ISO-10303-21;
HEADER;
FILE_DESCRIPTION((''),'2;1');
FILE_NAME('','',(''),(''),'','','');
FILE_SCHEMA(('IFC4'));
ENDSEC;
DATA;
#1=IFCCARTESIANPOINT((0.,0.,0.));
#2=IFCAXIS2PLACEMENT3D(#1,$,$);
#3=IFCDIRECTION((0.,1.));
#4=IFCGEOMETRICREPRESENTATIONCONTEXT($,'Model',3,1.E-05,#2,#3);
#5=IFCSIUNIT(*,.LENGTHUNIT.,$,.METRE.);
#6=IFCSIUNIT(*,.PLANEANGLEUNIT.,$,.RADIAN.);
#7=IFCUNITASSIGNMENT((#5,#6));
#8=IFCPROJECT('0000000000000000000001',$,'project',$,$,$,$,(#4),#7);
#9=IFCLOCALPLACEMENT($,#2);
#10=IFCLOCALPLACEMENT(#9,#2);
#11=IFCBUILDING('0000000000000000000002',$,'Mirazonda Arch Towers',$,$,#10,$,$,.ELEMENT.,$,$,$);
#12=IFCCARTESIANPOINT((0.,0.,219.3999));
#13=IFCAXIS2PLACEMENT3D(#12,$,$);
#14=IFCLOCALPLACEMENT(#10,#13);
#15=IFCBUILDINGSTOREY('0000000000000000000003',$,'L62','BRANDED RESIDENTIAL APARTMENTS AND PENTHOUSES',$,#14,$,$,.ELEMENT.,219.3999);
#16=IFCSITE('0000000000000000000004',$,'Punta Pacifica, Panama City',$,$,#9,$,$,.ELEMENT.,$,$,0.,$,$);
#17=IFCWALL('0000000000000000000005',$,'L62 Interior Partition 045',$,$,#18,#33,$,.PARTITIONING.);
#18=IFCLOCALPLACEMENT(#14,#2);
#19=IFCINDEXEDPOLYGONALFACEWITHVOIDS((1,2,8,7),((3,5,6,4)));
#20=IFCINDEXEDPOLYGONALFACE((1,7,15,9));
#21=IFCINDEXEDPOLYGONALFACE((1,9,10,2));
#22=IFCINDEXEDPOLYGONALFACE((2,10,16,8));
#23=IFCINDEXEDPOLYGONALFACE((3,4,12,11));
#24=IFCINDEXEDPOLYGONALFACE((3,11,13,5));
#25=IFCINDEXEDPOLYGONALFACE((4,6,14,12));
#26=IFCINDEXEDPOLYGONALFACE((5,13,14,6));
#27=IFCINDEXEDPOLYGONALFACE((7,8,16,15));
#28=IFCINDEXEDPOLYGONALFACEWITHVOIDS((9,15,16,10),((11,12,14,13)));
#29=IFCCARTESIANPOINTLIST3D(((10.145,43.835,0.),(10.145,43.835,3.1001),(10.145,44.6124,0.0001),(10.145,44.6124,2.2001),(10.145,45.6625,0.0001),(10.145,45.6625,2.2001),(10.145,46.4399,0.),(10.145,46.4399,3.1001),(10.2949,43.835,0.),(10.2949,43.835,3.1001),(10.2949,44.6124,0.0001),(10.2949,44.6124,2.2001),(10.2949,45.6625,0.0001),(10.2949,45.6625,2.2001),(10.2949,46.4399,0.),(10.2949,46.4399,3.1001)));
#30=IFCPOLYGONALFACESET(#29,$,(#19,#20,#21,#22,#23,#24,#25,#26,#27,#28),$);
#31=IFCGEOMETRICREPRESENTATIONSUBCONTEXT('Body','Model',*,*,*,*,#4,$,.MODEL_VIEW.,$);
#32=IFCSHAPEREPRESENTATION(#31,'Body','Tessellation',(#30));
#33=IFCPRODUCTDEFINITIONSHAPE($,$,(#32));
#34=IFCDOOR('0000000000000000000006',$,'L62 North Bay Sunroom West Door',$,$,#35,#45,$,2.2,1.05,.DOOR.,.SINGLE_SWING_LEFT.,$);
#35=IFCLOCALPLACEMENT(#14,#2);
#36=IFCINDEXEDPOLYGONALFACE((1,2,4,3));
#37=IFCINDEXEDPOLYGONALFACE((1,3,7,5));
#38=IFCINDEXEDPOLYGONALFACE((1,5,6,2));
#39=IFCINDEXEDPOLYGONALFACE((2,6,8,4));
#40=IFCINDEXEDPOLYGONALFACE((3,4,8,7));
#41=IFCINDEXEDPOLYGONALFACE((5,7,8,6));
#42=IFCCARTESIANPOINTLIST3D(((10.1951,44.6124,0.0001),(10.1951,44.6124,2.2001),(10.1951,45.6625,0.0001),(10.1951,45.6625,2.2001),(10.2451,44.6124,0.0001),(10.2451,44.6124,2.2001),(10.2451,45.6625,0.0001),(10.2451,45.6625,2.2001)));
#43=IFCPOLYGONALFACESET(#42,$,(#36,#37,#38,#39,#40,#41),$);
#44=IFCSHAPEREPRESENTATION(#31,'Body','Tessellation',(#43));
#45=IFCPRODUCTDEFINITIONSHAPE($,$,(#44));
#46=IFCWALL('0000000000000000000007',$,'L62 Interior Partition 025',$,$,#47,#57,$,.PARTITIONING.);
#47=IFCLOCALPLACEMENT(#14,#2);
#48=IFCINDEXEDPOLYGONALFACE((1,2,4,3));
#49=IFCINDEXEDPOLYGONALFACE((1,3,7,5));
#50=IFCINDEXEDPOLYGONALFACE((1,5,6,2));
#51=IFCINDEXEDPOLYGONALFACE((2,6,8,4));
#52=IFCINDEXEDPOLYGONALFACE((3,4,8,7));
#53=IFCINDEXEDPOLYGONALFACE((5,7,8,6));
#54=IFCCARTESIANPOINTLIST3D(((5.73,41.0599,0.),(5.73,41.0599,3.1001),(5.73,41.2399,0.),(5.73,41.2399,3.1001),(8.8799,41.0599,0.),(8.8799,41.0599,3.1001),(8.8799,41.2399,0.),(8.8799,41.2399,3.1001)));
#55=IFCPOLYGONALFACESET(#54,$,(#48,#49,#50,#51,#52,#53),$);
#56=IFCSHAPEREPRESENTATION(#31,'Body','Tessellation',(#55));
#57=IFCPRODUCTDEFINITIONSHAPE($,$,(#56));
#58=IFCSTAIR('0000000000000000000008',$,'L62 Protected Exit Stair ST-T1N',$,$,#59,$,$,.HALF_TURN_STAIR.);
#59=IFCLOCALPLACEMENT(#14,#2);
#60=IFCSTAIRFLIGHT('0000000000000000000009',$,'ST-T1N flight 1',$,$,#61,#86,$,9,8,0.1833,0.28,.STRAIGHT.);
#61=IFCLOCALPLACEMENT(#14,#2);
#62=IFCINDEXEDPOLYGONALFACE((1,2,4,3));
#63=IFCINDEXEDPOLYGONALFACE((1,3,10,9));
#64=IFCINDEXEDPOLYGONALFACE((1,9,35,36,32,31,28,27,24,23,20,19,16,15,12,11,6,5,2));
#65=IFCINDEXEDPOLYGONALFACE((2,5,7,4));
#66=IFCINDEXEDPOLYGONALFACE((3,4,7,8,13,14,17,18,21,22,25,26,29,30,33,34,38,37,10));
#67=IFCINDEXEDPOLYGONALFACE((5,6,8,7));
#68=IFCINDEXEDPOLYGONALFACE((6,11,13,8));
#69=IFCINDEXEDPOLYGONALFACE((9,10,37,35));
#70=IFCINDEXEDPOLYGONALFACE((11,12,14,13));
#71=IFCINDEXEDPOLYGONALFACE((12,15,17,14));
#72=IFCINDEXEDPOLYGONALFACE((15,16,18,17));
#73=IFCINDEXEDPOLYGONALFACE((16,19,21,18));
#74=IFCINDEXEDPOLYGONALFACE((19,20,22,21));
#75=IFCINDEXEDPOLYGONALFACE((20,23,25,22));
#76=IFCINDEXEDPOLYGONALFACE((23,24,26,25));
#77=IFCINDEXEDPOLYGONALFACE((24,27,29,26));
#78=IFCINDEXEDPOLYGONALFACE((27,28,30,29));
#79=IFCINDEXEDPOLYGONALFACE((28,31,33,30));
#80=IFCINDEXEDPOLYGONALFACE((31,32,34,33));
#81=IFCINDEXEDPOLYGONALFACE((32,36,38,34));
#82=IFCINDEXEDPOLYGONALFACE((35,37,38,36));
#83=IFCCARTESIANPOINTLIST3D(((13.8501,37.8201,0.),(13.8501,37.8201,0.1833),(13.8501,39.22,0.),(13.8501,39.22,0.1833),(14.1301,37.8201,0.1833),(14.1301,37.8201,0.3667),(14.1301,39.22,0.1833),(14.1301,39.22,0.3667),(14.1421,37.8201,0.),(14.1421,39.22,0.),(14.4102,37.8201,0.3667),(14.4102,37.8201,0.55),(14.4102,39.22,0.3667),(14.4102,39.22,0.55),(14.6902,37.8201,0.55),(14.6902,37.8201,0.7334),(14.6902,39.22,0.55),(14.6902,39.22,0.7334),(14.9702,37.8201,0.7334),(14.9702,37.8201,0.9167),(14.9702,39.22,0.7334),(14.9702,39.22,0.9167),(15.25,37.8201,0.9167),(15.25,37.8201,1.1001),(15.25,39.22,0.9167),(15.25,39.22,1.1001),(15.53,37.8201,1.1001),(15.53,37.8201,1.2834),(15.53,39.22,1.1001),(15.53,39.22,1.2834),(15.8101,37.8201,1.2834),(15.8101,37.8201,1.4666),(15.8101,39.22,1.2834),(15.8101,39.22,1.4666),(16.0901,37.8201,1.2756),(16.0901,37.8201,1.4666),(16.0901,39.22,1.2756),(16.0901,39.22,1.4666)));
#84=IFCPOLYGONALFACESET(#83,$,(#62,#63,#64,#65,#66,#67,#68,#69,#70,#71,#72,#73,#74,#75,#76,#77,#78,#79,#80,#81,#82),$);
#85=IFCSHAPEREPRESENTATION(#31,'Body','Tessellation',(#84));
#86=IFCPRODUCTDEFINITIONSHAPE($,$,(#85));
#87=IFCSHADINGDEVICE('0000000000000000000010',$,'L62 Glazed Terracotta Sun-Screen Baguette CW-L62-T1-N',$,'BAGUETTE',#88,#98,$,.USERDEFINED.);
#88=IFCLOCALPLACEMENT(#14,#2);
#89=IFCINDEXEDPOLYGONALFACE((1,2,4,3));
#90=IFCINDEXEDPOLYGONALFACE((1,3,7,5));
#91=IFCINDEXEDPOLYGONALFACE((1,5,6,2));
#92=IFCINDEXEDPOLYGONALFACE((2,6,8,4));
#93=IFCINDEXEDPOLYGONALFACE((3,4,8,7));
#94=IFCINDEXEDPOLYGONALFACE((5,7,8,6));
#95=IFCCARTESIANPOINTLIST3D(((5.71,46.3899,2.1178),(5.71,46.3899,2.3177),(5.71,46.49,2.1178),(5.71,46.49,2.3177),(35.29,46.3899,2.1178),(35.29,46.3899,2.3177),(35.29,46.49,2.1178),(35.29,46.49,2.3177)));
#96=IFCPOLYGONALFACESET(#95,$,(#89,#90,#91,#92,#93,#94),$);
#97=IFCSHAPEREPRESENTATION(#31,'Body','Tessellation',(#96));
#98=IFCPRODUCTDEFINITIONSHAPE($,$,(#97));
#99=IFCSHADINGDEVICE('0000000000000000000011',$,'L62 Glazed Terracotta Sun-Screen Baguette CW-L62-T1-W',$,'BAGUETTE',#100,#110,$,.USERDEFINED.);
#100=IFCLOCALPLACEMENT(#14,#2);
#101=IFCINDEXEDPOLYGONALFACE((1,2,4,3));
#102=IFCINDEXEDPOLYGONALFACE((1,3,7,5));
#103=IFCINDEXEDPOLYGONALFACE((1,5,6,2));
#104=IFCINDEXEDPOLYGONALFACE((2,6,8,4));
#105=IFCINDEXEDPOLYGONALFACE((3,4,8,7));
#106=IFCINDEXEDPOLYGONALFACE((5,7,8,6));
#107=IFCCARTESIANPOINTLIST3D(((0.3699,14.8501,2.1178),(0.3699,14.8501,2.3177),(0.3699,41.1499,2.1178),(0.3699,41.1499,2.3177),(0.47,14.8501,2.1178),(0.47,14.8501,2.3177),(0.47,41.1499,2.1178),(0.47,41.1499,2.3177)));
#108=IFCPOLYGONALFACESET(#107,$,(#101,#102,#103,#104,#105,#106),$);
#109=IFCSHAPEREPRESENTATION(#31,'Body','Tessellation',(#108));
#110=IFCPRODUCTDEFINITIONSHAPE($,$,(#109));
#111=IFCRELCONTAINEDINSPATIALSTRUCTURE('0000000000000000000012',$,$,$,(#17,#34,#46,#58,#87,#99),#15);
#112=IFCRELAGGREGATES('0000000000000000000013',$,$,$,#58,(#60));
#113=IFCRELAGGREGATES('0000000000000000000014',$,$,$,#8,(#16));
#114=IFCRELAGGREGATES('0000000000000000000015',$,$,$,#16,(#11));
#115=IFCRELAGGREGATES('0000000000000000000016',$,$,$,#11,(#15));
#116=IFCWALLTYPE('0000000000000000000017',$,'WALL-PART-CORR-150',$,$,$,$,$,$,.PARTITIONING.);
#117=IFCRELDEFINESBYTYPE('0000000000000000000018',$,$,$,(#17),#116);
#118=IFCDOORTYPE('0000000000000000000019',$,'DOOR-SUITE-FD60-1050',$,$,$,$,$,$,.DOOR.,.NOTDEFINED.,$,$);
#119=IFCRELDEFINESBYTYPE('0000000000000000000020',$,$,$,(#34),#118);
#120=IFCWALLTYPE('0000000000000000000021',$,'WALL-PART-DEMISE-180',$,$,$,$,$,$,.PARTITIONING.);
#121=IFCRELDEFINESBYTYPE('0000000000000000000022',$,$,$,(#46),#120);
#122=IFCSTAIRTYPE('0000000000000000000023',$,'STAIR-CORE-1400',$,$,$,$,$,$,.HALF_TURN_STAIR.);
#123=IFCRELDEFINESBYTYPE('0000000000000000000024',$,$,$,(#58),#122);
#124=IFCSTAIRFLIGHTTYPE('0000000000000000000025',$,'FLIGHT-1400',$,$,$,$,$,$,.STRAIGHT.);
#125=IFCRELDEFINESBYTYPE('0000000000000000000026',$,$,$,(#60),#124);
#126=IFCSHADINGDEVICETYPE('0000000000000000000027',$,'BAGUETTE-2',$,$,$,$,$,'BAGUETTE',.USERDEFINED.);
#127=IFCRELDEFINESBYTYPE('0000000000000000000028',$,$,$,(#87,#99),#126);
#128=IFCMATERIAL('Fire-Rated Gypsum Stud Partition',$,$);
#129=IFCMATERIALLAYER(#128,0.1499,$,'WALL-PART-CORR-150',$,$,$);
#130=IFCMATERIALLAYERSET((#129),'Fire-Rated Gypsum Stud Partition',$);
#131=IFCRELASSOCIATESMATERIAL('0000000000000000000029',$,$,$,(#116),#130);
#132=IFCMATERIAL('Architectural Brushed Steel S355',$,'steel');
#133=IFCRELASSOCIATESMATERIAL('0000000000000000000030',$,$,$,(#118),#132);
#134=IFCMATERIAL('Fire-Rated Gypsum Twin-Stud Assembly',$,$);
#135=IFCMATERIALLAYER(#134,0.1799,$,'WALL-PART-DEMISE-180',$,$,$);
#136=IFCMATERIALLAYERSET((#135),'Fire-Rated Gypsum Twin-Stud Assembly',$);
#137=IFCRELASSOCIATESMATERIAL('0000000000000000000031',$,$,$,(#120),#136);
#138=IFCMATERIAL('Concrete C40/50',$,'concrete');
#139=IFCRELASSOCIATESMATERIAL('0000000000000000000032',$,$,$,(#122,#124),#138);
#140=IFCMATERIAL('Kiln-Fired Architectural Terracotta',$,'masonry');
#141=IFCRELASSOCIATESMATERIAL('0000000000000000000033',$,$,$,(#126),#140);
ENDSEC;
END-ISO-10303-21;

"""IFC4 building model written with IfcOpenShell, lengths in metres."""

from ifc_helpers import new_model, si_unit, direction, frame, frame_2d, origin, origin_2d, place, context, subcontext, project, spatial, polyline, rectangle, outline, extrude, material, layer, layer_set, material_profile, profile_set, type_object, element, fill, aggregate, save


model = new_model("IFC4")

# Units and contexts
model_context = context("Model", 3, precision=1e-05, world=origin(), true_north=direction((0.0, 1.0)))
body_context = subcontext(model_context, "Body", "Model", "MODEL_VIEW")
ifc_project = project(units=[si_unit("LENGTHUNIT", "METRE"), si_unit("PLANEANGLEUNIT", "RADIAN")], contexts=[model_context])

# Site, building, storey
site_placement = place(None, origin())
site = spatial("IfcSite", under=ifc_project, at=site_placement, Name="Punta Pacifica, Panama City", CompositionType="ELEMENT", RefElevation=0.0)
building_placement = place(site_placement, origin())
building = spatial("IfcBuilding", under=site, at=building_placement, Name="Mirazonda Arch Towers", CompositionType="ELEMENT")
storey_placement = place(building_placement, frame((0.0, 0.0, 219.3999)))
storey = spatial("IfcBuildingStorey", under=building, at=storey_placement, Name="L62", Description="BRANDED RESIDENTIAL APARTMENTS AND PENTHOUSES", CompositionType="ELEMENT", Elevation=219.3999)

# Shared definitions
ifc_material_1 = material(Name="Fire-Rated Gypsum Stud Partition")
ifc_layer_1 = layer(ifc_material_1, 0.1499, Name="WALL-PART-CORR-150")
ifc_layer_set_1 = layer_set([ifc_layer_1], Name="Fire-Rated Gypsum Stud Partition")
wall_type_1 = type_object("IfcWallType", Name="WALL-PART-CORR-150", PredefinedType="PARTITIONING", material=ifc_layer_set_1)

# Wall, opening, door
wall_1_placement = place(storey_placement, frame((10.22, 43.835, 0.0), z_axis=(0.0, 0.0, 1.0), x_axis=(0.0, 1.0, 0.0)))
wall_1 = element("IfcWall", 1, at=wall_1_placement, inside=storey, type_object=wall_type_1, Name="L62 Interior Partition 045", PredefinedType="PARTITIONING", context=body_context, shape_type="SweptSolid", body=[
    extrude(rectangle(XDim=2.605, YDim=0.1499, at=frame_2d((1.3025, 0.0))), origin(), (0.0, 0.0, 1.0), 3.1001),
])
opening_1_placement = place(wall_1_placement, frame((0.7776, 0.0, 0.0)))
opening_1 = element("IfcOpeningElement", 2, at=opening_1_placement, cuts=wall_1, PredefinedType="OPENING", context=body_context, shape_type="SweptSolid", body=[
    extrude(rectangle(XDim=1.05, YDim=2.2, at=frame_2d((0.5249, 1.1001))), frame((0.0, 0.085, 0.0), z_axis=(0.0, -1.0, 0.0), x_axis=(1.0, 0.0, 0.0)), (0.0, 0.0, 1.0), 0.1699),
])
ifc_material_2 = material(Name="Architectural Brushed Steel S355", Category="steel")
door_type_1 = type_object("IfcDoorType", Name="DOOR-SUITE-FD60-1050", OperationType="NOTDEFINED", PredefinedType="DOOR", material=ifc_material_2)
door_1_placement = place(opening_1_placement, origin())
door_1 = element("IfcDoor", 3, at=door_1_placement, inside=storey, type_object=door_type_1, Name="L62 North Bay Sunroom West Door", OperationType="SINGLE_SWING_LEFT", OverallHeight=2.2, OverallWidth=1.05, PredefinedType="DOOR", context=body_context, shape_type="SweptSolid", body=[
    extrude(rectangle(XDim=1.05, YDim=2.2, at=frame_2d((0.5249, 1.1001))), frame((0.0, 0.0249, 0.0), z_axis=(0.0, -1.0, 0.0), x_axis=(1.0, 0.0, 0.0)), (0.0, 0.0, 1.0), 0.05),
])
fill(opening_1, door_1)

# Wall
ifc_material_3 = material(Name="Fire-Rated Gypsum Twin-Stud Assembly")
ifc_layer_2 = layer(ifc_material_3, 0.1799, Name="WALL-PART-DEMISE-180")
ifc_layer_set_2 = layer_set([ifc_layer_2], Name="Fire-Rated Gypsum Twin-Stud Assembly")
wall_type_2 = type_object("IfcWallType", Name="WALL-PART-DEMISE-180", PredefinedType="PARTITIONING", material=ifc_layer_set_2)
wall_2_placement = place(storey_placement, frame((5.73, 41.1499, 0.0), z_axis=(0.0, 0.0, 1.0), x_axis=(1.0, 0.0, 0.0)))
element("IfcWall", 4, at=wall_2_placement, inside=storey, type_object=wall_type_2, Name="L62 Interior Partition 025", PredefinedType="PARTITIONING", context=body_context, shape_type="SweptSolid", body=[
    extrude(rectangle(XDim=3.1499, YDim=0.1799, at=frame_2d((1.575, 0.0))), origin(), (0.0, 0.0, 1.0), 3.1001),
])

# Stair, stair flight
ifc_material_4 = material(Name="Concrete C40/50", Category="concrete")
stair_type = type_object("IfcStairType", Name="STAIR-CORE-1400", PredefinedType="HALF_TURN_STAIR", material=ifc_material_4)
stair_placement = place(storey_placement, origin())
stair = element("IfcStair", 5, at=stair_placement, inside=storey, type_object=stair_type, Name="L62 Protected Exit Stair ST-T1N", PredefinedType="HALF_TURN_STAIR")
stair_flight_type = type_object("IfcStairFlightType", Name="FLIGHT-1400", PredefinedType="STRAIGHT", material=ifc_material_4)
stair_flight_placement = place(storey_placement, frame((13.8501, 38.52, 0.0), z_axis=(0.0, 0.0, 1.0), x_axis=(1.0, 0.0, 0.0)))
stair_flight = element("IfcStairFlight", 6, at=stair_flight_placement, type_object=stair_flight_type, Name="ST-T1N flight 1", NumberOfRisers=9, NumberOfTreads=8, PredefinedType="STRAIGHT", RiserHeight=0.1833, TreadLength=0.28, context=body_context, shape_type="SweptSolid", body=[
    extrude(outline(polyline([(0.0, 0.0), (0.0, 0.1833), (0.28, 0.1833), (0.28, 0.3667), (0.5601, 0.3667), (0.5601, 0.55), (0.8401, 0.55), (0.8401, 0.7334), (1.1201, 0.7334), (1.1201, 0.9167), (1.3999, 0.9167), (1.3999, 1.1001), (1.6799, 1.1001), (1.6799, 1.2834), (1.96, 1.2834), (1.96, 1.4666), (2.24, 1.4666), (2.24, 1.6499), (2.24, 1.2756), (0.292, 0.0), (0.0, 0.0)])), frame((0.0, 0.7, 0.0), z_axis=(0.0, -1.0, 0.0), x_axis=(1.0, 0.0, 0.0)), (0.0, 0.0, 1.0), 1.3999),
])
aggregate(stair, [stair_flight])

# Shading devices
ifc_material_5 = material(Name="Kiln-Fired Architectural Terracotta", Category="masonry")
ifc_material_profile_1 = material_profile(ifc_material_5, rectangle(XDim=0.1001, YDim=0.2, at=origin_2d()), Name="TERRA-BAG-100x200")
ifc_profile_set_1 = profile_set([ifc_material_profile_1], Name="Kiln-Fired Architectural Terracotta")
shading_device_type = type_object("IfcShadingDeviceType", Name="BAGUETTE-2", ElementType="BAGUETTE", PredefinedType="USERDEFINED", material=ifc_profile_set_1)
shading_device_1_placement = place(storey_placement, frame((5.71, 46.4399, 2.2178), z_axis=(1.0, 0.0, 0.0), x_axis=(0.0, 1.0, 0.0)))
element("IfcShadingDevice", 7, at=shading_device_1_placement, inside=storey, type_object=shading_device_type, Name="L62 Glazed Terracotta Sun-Screen Baguette CW-L62-T1-N", ObjectType="BAGUETTE", PredefinedType="USERDEFINED", context=body_context, shape_type="SweptSolid", body=[
    extrude(rectangle(XDim=0.1001, YDim=0.2, at=origin_2d()), origin(), (0.0, 0.0, 1.0), 29.5801),
])
shading_device_2_placement = place(storey_placement, frame((0.4199, 41.1499, 2.2178), z_axis=(0.0, -1.0, 0.0), x_axis=(1.0, 0.0, 0.0)))
element("IfcShadingDevice", 8, at=shading_device_2_placement, inside=storey, type_object=shading_device_type, Name="L62 Glazed Terracotta Sun-Screen Baguette CW-L62-T1-W", ObjectType="BAGUETTE", PredefinedType="USERDEFINED", context=body_context, shape_type="SweptSolid", body=[
    extrude(rectangle(XDim=0.1001, YDim=0.2, at=origin_2d()), origin(), (0.0, 0.0, 1.0), 26.2998),
])

save(model, "model.ifc")
